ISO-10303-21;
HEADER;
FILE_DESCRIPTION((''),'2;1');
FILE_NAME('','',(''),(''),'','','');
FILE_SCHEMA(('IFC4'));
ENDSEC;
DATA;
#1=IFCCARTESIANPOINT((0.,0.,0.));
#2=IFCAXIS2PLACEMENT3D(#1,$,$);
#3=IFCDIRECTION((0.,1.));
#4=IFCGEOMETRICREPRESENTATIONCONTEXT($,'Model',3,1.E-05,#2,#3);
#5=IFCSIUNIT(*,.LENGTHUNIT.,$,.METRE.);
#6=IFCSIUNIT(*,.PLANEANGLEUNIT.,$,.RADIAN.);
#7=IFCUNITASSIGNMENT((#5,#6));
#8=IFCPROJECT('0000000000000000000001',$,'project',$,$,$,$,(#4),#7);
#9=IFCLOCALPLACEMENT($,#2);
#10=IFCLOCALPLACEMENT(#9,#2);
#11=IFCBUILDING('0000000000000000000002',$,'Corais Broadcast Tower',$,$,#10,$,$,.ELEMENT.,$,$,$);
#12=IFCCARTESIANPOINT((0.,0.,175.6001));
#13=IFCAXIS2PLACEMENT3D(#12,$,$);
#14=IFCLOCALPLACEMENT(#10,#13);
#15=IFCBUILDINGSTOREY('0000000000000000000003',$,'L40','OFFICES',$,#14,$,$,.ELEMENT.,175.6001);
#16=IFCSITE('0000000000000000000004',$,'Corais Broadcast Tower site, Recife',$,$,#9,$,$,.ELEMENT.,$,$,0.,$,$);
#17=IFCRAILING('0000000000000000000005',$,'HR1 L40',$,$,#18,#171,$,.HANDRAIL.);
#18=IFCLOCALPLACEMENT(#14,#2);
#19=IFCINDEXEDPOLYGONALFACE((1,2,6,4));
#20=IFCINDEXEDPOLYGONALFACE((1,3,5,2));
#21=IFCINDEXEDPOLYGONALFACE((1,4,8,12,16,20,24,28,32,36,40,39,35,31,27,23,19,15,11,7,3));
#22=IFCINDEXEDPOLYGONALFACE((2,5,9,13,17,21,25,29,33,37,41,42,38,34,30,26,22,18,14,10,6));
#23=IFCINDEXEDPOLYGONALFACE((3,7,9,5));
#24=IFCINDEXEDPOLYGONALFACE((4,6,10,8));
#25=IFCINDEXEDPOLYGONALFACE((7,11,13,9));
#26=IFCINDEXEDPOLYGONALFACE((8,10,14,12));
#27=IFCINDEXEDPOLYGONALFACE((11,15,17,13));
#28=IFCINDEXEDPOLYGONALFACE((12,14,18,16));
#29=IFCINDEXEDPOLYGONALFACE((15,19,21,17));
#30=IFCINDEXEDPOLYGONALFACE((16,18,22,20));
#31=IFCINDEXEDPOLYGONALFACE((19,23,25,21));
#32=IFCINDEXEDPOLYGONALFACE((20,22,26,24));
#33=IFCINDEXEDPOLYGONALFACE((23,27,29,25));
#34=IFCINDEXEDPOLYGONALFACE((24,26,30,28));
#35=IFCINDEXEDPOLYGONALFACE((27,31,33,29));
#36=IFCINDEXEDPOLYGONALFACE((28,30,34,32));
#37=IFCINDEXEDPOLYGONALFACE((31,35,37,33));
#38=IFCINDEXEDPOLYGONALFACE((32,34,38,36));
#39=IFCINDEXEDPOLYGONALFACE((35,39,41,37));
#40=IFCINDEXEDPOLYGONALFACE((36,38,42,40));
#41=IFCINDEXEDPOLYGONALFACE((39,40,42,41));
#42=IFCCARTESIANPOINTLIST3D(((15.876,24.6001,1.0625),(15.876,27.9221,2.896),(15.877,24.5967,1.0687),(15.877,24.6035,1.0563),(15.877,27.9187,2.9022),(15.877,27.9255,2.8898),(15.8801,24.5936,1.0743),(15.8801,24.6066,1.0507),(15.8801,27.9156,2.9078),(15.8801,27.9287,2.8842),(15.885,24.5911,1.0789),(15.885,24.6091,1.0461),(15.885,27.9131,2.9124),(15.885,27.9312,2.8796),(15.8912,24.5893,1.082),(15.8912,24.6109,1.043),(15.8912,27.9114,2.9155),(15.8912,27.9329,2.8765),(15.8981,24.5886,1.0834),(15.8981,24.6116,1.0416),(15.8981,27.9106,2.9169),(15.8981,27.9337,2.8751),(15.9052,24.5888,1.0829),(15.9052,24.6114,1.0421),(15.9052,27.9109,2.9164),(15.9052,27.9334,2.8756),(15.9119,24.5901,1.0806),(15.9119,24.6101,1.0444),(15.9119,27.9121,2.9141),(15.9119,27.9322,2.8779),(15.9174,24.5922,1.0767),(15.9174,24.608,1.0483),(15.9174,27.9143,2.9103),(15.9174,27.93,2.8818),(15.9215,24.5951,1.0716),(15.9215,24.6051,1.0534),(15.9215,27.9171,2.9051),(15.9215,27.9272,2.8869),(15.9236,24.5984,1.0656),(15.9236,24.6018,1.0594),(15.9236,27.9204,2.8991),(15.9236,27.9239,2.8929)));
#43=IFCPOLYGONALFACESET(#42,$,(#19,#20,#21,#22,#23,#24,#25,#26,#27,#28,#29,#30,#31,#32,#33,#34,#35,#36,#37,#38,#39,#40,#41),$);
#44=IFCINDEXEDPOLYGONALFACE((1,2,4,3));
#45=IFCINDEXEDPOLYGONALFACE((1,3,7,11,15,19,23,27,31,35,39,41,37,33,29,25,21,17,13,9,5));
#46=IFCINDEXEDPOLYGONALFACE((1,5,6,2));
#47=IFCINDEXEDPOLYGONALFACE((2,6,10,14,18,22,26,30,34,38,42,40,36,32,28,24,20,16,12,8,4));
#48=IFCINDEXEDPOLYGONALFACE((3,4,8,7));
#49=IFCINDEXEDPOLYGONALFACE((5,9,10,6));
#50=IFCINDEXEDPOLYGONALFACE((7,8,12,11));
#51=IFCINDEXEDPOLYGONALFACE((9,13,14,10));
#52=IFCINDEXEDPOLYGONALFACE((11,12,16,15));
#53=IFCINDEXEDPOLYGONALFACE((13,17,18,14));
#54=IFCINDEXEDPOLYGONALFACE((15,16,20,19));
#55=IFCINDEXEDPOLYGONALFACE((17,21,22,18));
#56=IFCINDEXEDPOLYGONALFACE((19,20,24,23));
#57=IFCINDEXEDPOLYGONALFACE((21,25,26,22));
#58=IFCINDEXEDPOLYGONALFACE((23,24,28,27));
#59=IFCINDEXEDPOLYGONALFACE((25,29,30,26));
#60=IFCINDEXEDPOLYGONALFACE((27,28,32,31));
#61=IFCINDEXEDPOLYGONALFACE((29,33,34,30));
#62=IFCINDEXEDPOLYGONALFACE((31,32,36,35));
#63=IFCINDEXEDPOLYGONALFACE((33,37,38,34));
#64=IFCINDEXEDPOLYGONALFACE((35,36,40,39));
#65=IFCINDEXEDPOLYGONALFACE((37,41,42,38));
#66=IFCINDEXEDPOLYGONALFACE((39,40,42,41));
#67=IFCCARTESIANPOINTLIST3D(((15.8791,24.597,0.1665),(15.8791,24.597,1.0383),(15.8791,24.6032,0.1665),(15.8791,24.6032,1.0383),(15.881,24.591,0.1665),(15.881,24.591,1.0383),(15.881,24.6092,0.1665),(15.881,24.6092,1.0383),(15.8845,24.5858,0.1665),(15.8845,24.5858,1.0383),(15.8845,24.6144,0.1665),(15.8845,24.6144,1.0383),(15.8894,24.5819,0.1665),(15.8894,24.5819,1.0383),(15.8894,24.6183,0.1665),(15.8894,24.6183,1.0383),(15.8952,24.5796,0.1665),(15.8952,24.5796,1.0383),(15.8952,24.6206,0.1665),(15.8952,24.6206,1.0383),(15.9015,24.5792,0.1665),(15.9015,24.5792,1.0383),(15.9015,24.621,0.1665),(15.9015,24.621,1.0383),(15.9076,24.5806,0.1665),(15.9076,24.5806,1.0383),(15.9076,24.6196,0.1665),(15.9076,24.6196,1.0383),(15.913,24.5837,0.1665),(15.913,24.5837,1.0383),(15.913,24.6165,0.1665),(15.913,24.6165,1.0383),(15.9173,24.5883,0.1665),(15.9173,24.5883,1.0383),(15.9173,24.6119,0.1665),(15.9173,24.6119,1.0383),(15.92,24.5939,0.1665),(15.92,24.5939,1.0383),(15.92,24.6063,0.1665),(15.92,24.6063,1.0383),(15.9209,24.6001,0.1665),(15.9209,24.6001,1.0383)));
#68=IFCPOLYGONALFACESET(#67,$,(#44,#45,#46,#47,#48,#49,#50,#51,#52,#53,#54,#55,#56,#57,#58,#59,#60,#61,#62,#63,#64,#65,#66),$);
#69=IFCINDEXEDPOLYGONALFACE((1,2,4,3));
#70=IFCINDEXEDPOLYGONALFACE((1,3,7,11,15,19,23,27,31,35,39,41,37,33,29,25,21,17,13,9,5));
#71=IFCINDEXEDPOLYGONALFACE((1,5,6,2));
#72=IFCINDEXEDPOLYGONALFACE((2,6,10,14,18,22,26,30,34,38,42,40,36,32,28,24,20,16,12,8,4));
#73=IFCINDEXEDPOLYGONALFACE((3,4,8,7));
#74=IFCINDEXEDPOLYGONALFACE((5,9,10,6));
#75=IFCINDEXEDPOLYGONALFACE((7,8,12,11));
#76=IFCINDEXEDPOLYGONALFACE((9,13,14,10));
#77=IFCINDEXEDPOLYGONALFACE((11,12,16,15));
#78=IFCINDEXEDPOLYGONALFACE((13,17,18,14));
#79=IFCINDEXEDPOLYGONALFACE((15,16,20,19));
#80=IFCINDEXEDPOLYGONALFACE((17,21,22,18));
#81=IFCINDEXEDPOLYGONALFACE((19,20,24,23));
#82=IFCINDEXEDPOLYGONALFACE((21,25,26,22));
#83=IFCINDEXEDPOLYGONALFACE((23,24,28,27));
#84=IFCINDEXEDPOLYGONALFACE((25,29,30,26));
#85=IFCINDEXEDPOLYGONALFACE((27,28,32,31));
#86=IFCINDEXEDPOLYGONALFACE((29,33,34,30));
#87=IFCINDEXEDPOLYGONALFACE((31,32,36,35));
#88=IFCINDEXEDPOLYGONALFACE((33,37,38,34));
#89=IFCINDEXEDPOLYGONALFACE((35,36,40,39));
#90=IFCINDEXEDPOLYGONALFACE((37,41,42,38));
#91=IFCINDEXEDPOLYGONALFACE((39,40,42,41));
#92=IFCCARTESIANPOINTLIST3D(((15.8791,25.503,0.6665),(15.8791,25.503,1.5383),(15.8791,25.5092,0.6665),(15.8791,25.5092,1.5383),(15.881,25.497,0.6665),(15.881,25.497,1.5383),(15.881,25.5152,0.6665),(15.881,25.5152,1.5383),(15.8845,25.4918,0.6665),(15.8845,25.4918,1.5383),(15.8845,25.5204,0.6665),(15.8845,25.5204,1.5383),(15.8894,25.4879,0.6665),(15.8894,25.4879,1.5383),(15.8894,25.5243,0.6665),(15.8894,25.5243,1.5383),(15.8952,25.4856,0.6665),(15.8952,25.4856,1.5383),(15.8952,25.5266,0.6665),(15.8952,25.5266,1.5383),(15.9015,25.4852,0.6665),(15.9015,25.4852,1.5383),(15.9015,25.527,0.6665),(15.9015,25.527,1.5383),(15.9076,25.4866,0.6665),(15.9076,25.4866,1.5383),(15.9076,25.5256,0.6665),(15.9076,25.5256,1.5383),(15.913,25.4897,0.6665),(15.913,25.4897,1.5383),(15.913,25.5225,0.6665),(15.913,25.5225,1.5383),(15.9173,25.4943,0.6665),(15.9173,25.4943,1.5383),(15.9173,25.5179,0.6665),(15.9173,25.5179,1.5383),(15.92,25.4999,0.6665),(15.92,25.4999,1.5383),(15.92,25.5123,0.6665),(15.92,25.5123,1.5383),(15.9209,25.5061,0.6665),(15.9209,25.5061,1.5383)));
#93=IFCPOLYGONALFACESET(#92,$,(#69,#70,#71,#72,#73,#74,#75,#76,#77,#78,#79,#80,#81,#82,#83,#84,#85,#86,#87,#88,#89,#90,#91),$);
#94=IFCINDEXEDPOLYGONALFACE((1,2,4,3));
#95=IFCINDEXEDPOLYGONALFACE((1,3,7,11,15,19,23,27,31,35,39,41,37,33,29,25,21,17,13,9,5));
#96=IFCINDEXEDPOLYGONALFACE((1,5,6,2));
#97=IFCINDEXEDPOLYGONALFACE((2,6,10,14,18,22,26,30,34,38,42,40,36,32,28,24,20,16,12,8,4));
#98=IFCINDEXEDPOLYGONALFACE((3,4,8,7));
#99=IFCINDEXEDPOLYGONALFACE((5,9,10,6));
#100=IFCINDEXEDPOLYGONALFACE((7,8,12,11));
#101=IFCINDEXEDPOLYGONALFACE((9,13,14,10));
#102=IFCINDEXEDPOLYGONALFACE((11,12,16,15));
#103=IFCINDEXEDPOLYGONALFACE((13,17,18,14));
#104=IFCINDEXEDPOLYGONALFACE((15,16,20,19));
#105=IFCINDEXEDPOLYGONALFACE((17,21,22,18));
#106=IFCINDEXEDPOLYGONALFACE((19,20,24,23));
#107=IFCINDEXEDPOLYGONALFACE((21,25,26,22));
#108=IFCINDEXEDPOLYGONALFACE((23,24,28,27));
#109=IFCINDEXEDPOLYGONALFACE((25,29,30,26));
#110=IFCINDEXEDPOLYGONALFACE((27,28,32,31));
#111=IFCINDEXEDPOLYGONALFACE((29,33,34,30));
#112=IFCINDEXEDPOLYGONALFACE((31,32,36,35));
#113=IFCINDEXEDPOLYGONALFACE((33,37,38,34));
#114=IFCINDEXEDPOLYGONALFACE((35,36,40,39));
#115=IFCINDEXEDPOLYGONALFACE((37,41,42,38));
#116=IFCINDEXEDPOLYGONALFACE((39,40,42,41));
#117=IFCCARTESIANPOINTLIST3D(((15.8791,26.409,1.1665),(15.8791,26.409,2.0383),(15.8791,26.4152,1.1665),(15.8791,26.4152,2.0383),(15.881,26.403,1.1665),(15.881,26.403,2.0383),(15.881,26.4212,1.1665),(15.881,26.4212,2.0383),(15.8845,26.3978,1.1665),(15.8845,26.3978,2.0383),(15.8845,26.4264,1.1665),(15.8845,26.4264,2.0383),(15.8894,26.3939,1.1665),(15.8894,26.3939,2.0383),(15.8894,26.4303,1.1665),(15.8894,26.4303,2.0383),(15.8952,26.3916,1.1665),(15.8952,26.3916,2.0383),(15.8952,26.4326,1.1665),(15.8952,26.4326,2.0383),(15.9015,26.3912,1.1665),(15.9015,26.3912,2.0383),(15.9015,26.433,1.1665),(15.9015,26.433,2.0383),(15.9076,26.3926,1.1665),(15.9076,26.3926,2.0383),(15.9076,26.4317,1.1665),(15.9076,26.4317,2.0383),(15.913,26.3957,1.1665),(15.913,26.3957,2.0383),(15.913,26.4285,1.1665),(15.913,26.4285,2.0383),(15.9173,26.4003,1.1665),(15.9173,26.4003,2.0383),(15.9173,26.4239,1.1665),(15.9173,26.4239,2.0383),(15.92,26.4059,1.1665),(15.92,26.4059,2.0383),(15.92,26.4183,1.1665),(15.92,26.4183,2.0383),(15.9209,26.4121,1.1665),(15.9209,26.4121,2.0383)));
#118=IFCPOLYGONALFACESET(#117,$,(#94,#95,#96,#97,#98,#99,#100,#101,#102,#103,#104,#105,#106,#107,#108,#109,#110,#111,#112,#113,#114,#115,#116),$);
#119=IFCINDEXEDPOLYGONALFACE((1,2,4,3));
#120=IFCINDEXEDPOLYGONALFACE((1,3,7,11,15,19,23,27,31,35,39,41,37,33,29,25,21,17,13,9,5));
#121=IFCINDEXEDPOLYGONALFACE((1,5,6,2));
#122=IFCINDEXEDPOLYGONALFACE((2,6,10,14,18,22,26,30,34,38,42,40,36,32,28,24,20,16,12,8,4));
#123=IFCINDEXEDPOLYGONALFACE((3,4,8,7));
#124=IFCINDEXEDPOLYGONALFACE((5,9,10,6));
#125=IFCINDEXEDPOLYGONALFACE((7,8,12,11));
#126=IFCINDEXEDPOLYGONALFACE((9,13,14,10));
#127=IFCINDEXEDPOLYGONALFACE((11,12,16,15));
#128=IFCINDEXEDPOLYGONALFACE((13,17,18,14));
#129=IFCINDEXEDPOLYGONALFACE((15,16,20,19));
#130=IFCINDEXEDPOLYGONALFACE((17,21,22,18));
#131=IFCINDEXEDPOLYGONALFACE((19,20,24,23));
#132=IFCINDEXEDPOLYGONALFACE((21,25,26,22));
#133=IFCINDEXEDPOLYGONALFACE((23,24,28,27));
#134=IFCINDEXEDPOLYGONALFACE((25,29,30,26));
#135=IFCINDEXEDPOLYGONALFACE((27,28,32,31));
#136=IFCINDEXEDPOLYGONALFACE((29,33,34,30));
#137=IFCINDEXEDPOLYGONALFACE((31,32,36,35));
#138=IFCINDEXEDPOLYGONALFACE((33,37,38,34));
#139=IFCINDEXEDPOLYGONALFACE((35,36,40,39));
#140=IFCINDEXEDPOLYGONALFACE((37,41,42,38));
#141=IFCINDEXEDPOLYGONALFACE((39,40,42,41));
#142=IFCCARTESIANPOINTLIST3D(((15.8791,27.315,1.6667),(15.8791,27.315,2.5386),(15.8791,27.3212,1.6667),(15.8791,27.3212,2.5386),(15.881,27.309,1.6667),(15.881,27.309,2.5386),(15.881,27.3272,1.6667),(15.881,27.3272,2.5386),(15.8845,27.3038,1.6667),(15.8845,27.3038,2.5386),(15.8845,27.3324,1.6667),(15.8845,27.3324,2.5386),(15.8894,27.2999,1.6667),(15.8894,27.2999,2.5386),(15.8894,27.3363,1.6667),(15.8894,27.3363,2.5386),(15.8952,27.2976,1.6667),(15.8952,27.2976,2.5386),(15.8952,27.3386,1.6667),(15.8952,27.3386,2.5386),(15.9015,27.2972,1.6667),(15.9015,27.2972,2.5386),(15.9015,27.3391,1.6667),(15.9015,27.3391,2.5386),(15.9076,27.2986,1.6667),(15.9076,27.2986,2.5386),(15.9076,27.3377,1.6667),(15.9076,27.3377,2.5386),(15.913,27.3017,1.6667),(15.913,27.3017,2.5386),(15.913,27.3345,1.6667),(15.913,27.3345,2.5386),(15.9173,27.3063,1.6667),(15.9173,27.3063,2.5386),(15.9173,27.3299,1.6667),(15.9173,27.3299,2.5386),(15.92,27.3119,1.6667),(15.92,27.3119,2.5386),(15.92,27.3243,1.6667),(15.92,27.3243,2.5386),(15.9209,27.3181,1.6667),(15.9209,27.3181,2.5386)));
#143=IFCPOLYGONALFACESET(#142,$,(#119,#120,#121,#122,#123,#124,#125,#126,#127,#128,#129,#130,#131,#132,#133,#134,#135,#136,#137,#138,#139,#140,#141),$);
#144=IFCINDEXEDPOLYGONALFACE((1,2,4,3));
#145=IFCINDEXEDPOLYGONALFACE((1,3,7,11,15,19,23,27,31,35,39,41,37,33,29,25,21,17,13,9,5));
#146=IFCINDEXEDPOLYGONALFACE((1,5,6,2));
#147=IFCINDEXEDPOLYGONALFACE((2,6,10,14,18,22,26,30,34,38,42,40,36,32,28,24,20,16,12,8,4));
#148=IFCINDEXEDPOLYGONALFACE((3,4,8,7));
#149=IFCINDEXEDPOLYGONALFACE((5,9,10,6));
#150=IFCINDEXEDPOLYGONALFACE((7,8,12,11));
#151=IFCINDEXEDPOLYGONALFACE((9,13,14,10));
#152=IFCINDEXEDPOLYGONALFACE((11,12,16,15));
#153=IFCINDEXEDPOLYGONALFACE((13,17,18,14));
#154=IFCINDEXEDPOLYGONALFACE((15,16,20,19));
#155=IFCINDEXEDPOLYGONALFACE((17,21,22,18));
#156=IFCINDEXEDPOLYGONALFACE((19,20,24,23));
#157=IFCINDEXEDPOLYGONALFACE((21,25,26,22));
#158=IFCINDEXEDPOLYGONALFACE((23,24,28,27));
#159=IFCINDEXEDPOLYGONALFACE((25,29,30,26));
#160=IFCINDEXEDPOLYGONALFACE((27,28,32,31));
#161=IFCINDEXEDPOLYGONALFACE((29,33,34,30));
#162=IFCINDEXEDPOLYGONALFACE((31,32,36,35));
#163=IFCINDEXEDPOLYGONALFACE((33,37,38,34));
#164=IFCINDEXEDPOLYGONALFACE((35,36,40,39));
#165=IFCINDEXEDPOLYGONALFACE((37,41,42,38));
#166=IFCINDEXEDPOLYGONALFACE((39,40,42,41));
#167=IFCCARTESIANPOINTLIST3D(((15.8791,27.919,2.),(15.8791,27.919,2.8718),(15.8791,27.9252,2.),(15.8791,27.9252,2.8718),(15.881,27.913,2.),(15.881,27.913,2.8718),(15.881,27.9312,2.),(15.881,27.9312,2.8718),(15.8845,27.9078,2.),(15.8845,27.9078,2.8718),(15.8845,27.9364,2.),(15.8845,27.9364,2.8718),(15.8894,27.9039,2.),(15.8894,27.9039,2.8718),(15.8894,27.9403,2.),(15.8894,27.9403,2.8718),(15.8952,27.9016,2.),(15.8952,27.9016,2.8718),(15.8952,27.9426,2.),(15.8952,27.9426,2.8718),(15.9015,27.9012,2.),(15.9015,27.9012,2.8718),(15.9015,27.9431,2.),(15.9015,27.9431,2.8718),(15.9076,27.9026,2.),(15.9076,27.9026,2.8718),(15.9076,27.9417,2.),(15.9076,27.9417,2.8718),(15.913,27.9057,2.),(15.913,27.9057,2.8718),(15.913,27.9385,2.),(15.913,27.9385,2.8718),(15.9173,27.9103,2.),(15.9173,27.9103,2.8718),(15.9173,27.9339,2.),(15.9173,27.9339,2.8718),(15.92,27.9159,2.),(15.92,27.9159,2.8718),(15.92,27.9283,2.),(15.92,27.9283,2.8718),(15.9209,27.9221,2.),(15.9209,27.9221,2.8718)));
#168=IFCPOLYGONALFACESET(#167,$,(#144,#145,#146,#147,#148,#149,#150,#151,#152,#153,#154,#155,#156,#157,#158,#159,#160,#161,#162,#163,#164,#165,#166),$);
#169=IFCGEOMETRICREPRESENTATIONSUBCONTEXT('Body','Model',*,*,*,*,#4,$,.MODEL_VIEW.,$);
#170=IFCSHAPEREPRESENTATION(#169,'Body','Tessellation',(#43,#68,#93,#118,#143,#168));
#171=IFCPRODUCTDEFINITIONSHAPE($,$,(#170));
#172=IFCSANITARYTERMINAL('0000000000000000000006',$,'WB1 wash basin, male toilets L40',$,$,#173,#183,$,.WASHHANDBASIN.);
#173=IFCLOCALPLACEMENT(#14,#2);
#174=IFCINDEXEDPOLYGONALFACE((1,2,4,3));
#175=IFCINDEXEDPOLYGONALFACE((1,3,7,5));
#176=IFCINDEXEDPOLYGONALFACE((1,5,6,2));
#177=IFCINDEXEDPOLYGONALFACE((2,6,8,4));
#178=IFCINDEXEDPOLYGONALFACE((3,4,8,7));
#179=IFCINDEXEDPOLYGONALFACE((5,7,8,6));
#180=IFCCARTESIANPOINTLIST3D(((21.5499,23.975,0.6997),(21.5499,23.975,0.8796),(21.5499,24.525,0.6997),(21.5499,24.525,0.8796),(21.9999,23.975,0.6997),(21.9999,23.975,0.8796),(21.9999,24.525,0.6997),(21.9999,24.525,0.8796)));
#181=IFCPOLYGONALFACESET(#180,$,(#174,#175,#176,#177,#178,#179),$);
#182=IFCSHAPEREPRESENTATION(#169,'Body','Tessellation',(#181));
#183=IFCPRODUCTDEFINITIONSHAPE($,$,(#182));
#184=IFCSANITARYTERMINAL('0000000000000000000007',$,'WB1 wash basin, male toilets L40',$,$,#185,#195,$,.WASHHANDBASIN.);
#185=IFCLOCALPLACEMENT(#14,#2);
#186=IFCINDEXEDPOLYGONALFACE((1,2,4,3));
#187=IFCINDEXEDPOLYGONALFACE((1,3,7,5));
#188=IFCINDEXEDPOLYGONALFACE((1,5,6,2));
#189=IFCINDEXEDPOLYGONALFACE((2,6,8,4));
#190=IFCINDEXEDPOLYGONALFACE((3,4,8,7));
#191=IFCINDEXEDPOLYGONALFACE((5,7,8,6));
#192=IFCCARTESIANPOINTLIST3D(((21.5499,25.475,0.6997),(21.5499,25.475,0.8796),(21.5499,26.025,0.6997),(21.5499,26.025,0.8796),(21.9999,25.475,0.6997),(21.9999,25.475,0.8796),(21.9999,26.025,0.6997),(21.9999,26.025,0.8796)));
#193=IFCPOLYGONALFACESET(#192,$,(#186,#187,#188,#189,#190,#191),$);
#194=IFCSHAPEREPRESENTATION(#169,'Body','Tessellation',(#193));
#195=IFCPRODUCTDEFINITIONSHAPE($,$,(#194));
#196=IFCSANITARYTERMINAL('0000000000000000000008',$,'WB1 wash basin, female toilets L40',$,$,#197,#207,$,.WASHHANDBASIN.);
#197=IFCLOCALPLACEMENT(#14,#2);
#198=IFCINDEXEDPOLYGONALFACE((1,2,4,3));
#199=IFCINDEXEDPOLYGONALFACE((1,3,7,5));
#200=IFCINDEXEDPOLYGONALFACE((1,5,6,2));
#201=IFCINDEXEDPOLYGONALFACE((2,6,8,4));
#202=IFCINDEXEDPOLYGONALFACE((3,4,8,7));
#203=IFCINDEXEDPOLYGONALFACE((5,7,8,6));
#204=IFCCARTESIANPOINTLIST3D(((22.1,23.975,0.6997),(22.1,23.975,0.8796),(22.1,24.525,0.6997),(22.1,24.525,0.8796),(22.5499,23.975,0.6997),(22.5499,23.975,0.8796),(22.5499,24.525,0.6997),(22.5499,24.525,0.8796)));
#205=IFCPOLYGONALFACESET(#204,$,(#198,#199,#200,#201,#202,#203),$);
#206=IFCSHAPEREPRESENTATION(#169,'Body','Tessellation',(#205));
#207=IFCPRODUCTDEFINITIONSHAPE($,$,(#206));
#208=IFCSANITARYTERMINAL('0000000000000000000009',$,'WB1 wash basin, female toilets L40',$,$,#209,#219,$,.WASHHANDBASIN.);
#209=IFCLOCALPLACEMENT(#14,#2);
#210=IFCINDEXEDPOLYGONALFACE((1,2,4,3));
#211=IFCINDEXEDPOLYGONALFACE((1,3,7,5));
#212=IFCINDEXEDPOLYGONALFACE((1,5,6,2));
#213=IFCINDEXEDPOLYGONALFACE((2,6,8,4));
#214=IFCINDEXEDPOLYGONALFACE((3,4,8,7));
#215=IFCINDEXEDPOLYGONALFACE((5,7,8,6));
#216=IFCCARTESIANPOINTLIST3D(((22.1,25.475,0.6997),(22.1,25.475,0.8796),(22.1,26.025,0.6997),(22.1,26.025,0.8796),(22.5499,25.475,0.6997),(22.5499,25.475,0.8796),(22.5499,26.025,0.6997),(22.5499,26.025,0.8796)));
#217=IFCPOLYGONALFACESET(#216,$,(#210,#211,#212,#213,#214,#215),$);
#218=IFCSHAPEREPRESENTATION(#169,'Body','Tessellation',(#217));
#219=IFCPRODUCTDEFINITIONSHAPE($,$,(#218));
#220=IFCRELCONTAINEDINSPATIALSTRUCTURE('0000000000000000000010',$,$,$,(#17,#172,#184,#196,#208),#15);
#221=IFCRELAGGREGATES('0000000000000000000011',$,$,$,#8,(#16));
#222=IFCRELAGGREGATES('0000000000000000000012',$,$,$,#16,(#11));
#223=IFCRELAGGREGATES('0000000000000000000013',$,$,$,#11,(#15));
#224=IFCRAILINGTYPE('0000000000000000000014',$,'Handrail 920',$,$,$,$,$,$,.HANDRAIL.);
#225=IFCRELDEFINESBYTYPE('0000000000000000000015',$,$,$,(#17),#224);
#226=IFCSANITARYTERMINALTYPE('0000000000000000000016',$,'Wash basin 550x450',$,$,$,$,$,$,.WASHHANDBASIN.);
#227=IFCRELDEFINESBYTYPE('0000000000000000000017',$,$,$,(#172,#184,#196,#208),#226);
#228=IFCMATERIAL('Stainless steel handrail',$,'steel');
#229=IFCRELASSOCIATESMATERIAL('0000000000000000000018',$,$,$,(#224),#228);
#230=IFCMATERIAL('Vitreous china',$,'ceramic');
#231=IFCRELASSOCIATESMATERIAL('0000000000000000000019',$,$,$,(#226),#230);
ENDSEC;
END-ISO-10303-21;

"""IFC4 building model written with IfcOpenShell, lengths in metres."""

from ifc_helpers import new_model, si_unit, direction, frame, origin, origin_2d, place, context, subcontext, project, spatial, rectangle, circle, extrude, material, type_object, element, save


model = new_model("IFC4")

# Units and contexts
model_context = context("Model", 3, precision=1e-05, world=origin(), true_north=direction((0.0, 1.0)))
body_context = subcontext(model_context, "Body", "Model", "MODEL_VIEW")
ifc_project = project(units=[si_unit("LENGTHUNIT", "METRE"), si_unit("PLANEANGLEUNIT", "RADIAN")], contexts=[model_context])

# Site, building, storey
site_placement = place(None, origin())
site = spatial("IfcSite", under=ifc_project, at=site_placement, Name="Corais Broadcast Tower site, Recife", CompositionType="ELEMENT", RefElevation=0.0)
building_placement = place(site_placement, origin())
building = spatial("IfcBuilding", under=site, at=building_placement, Name="Corais Broadcast Tower", CompositionType="ELEMENT")
storey_placement = place(building_placement, frame((0.0, 0.0, 175.6001)))
storey = spatial("IfcBuildingStorey", under=building, at=storey_placement, Name="L40", Description="OFFICES", CompositionType="ELEMENT", Elevation=175.6001)

# Railing
ifc_material_1 = material(Name="Stainless steel handrail", Category="steel")
railing_type = type_object("IfcRailingType", Name="Handrail 920", PredefinedType="HANDRAIL", material=ifc_material_1)
for number, where, name in (
    (1, (15.8999, 24.6001, 0.1665), "HR1 L40"),
):
    element("IfcRailing", number, at=place(storey_placement, frame(where)), inside=storey, type_object=railing_type, Name=name, PredefinedType="HANDRAIL", context=body_context, shape_type="SweptSolid", body=[
        extrude(circle(Radius=0.0239, at=origin_2d()), frame((0.0, 0.0, 0.896), z_axis=(0.0, 0.875504, 0.48321), x_axis=(-1.0, 0.0, 0.0)), (0.0, 0.0, 1.0), 3.7944),
        extrude(circle(Radius=0.021, at=origin_2d()), origin(), (0.0, 0.0, 1.0), 0.8718),
        extrude(circle(Radius=0.021, at=origin_2d()), frame((0.0, 0.906, 0.5)), (0.0, 0.0, 1.0), 0.8718),
        extrude(circle(Radius=0.021, at=origin_2d()), frame((0.0, 1.812, 1.0)), (0.0, 0.0, 1.0), 0.8718),
        extrude(circle(Radius=0.021, at=origin_2d()), frame((0.0, 2.718, 1.5002)), (0.0, 0.0, 1.0), 0.8718),
        extrude(circle(Radius=0.021, at=origin_2d()), frame((0.0, 3.322, 1.8335)), (0.0, 0.0, 1.0), 0.8718),
    ])

# Sanitary terminals
ifc_material_2 = material(Name="Vitreous china", Category="ceramic")
sanitary_terminal_type = type_object("IfcSanitaryTerminalType", Name="Wash basin 550x450", PredefinedType="WASHHANDBASIN", material=ifc_material_2)
for number, where, z_axis, x_axis, name in (
    (2, (21.7749, 24.25, 0.6997), (0.0, 0.0, 1.0), (1.0, 0.0, 0.0), "WB1 wash basin, male toilets L40"),
    (3, (21.7749, 25.75, 0.6997), (0.0, 0.0, 1.0), (1.0, 0.0, 0.0), "WB1 wash basin, male toilets L40"),
    (4, (22.325, 24.25, 0.6997), (0.0, 0.0, 1.0), (1.0, 0.0, 0.0), "WB1 wash basin, female toilets L40"),
    (5, (22.325, 25.75, 0.6997), (0.0, 0.0, 1.0), (1.0, 0.0, 0.0), "WB1 wash basin, female toilets L40"),
):
    element("IfcSanitaryTerminal", number, at=place(storey_placement, frame(where, z_axis=z_axis, x_axis=x_axis)), inside=storey, type_object=sanitary_terminal_type, Name=name, PredefinedType="WASHHANDBASIN", context=body_context, shape_type="SweptSolid", body=[
        extrude(rectangle(XDim=0.45, YDim=0.55, at=origin_2d()), origin(), (0.0, 0.0, 1.0), 0.1799),
    ])

save(model, "model.ifc")
